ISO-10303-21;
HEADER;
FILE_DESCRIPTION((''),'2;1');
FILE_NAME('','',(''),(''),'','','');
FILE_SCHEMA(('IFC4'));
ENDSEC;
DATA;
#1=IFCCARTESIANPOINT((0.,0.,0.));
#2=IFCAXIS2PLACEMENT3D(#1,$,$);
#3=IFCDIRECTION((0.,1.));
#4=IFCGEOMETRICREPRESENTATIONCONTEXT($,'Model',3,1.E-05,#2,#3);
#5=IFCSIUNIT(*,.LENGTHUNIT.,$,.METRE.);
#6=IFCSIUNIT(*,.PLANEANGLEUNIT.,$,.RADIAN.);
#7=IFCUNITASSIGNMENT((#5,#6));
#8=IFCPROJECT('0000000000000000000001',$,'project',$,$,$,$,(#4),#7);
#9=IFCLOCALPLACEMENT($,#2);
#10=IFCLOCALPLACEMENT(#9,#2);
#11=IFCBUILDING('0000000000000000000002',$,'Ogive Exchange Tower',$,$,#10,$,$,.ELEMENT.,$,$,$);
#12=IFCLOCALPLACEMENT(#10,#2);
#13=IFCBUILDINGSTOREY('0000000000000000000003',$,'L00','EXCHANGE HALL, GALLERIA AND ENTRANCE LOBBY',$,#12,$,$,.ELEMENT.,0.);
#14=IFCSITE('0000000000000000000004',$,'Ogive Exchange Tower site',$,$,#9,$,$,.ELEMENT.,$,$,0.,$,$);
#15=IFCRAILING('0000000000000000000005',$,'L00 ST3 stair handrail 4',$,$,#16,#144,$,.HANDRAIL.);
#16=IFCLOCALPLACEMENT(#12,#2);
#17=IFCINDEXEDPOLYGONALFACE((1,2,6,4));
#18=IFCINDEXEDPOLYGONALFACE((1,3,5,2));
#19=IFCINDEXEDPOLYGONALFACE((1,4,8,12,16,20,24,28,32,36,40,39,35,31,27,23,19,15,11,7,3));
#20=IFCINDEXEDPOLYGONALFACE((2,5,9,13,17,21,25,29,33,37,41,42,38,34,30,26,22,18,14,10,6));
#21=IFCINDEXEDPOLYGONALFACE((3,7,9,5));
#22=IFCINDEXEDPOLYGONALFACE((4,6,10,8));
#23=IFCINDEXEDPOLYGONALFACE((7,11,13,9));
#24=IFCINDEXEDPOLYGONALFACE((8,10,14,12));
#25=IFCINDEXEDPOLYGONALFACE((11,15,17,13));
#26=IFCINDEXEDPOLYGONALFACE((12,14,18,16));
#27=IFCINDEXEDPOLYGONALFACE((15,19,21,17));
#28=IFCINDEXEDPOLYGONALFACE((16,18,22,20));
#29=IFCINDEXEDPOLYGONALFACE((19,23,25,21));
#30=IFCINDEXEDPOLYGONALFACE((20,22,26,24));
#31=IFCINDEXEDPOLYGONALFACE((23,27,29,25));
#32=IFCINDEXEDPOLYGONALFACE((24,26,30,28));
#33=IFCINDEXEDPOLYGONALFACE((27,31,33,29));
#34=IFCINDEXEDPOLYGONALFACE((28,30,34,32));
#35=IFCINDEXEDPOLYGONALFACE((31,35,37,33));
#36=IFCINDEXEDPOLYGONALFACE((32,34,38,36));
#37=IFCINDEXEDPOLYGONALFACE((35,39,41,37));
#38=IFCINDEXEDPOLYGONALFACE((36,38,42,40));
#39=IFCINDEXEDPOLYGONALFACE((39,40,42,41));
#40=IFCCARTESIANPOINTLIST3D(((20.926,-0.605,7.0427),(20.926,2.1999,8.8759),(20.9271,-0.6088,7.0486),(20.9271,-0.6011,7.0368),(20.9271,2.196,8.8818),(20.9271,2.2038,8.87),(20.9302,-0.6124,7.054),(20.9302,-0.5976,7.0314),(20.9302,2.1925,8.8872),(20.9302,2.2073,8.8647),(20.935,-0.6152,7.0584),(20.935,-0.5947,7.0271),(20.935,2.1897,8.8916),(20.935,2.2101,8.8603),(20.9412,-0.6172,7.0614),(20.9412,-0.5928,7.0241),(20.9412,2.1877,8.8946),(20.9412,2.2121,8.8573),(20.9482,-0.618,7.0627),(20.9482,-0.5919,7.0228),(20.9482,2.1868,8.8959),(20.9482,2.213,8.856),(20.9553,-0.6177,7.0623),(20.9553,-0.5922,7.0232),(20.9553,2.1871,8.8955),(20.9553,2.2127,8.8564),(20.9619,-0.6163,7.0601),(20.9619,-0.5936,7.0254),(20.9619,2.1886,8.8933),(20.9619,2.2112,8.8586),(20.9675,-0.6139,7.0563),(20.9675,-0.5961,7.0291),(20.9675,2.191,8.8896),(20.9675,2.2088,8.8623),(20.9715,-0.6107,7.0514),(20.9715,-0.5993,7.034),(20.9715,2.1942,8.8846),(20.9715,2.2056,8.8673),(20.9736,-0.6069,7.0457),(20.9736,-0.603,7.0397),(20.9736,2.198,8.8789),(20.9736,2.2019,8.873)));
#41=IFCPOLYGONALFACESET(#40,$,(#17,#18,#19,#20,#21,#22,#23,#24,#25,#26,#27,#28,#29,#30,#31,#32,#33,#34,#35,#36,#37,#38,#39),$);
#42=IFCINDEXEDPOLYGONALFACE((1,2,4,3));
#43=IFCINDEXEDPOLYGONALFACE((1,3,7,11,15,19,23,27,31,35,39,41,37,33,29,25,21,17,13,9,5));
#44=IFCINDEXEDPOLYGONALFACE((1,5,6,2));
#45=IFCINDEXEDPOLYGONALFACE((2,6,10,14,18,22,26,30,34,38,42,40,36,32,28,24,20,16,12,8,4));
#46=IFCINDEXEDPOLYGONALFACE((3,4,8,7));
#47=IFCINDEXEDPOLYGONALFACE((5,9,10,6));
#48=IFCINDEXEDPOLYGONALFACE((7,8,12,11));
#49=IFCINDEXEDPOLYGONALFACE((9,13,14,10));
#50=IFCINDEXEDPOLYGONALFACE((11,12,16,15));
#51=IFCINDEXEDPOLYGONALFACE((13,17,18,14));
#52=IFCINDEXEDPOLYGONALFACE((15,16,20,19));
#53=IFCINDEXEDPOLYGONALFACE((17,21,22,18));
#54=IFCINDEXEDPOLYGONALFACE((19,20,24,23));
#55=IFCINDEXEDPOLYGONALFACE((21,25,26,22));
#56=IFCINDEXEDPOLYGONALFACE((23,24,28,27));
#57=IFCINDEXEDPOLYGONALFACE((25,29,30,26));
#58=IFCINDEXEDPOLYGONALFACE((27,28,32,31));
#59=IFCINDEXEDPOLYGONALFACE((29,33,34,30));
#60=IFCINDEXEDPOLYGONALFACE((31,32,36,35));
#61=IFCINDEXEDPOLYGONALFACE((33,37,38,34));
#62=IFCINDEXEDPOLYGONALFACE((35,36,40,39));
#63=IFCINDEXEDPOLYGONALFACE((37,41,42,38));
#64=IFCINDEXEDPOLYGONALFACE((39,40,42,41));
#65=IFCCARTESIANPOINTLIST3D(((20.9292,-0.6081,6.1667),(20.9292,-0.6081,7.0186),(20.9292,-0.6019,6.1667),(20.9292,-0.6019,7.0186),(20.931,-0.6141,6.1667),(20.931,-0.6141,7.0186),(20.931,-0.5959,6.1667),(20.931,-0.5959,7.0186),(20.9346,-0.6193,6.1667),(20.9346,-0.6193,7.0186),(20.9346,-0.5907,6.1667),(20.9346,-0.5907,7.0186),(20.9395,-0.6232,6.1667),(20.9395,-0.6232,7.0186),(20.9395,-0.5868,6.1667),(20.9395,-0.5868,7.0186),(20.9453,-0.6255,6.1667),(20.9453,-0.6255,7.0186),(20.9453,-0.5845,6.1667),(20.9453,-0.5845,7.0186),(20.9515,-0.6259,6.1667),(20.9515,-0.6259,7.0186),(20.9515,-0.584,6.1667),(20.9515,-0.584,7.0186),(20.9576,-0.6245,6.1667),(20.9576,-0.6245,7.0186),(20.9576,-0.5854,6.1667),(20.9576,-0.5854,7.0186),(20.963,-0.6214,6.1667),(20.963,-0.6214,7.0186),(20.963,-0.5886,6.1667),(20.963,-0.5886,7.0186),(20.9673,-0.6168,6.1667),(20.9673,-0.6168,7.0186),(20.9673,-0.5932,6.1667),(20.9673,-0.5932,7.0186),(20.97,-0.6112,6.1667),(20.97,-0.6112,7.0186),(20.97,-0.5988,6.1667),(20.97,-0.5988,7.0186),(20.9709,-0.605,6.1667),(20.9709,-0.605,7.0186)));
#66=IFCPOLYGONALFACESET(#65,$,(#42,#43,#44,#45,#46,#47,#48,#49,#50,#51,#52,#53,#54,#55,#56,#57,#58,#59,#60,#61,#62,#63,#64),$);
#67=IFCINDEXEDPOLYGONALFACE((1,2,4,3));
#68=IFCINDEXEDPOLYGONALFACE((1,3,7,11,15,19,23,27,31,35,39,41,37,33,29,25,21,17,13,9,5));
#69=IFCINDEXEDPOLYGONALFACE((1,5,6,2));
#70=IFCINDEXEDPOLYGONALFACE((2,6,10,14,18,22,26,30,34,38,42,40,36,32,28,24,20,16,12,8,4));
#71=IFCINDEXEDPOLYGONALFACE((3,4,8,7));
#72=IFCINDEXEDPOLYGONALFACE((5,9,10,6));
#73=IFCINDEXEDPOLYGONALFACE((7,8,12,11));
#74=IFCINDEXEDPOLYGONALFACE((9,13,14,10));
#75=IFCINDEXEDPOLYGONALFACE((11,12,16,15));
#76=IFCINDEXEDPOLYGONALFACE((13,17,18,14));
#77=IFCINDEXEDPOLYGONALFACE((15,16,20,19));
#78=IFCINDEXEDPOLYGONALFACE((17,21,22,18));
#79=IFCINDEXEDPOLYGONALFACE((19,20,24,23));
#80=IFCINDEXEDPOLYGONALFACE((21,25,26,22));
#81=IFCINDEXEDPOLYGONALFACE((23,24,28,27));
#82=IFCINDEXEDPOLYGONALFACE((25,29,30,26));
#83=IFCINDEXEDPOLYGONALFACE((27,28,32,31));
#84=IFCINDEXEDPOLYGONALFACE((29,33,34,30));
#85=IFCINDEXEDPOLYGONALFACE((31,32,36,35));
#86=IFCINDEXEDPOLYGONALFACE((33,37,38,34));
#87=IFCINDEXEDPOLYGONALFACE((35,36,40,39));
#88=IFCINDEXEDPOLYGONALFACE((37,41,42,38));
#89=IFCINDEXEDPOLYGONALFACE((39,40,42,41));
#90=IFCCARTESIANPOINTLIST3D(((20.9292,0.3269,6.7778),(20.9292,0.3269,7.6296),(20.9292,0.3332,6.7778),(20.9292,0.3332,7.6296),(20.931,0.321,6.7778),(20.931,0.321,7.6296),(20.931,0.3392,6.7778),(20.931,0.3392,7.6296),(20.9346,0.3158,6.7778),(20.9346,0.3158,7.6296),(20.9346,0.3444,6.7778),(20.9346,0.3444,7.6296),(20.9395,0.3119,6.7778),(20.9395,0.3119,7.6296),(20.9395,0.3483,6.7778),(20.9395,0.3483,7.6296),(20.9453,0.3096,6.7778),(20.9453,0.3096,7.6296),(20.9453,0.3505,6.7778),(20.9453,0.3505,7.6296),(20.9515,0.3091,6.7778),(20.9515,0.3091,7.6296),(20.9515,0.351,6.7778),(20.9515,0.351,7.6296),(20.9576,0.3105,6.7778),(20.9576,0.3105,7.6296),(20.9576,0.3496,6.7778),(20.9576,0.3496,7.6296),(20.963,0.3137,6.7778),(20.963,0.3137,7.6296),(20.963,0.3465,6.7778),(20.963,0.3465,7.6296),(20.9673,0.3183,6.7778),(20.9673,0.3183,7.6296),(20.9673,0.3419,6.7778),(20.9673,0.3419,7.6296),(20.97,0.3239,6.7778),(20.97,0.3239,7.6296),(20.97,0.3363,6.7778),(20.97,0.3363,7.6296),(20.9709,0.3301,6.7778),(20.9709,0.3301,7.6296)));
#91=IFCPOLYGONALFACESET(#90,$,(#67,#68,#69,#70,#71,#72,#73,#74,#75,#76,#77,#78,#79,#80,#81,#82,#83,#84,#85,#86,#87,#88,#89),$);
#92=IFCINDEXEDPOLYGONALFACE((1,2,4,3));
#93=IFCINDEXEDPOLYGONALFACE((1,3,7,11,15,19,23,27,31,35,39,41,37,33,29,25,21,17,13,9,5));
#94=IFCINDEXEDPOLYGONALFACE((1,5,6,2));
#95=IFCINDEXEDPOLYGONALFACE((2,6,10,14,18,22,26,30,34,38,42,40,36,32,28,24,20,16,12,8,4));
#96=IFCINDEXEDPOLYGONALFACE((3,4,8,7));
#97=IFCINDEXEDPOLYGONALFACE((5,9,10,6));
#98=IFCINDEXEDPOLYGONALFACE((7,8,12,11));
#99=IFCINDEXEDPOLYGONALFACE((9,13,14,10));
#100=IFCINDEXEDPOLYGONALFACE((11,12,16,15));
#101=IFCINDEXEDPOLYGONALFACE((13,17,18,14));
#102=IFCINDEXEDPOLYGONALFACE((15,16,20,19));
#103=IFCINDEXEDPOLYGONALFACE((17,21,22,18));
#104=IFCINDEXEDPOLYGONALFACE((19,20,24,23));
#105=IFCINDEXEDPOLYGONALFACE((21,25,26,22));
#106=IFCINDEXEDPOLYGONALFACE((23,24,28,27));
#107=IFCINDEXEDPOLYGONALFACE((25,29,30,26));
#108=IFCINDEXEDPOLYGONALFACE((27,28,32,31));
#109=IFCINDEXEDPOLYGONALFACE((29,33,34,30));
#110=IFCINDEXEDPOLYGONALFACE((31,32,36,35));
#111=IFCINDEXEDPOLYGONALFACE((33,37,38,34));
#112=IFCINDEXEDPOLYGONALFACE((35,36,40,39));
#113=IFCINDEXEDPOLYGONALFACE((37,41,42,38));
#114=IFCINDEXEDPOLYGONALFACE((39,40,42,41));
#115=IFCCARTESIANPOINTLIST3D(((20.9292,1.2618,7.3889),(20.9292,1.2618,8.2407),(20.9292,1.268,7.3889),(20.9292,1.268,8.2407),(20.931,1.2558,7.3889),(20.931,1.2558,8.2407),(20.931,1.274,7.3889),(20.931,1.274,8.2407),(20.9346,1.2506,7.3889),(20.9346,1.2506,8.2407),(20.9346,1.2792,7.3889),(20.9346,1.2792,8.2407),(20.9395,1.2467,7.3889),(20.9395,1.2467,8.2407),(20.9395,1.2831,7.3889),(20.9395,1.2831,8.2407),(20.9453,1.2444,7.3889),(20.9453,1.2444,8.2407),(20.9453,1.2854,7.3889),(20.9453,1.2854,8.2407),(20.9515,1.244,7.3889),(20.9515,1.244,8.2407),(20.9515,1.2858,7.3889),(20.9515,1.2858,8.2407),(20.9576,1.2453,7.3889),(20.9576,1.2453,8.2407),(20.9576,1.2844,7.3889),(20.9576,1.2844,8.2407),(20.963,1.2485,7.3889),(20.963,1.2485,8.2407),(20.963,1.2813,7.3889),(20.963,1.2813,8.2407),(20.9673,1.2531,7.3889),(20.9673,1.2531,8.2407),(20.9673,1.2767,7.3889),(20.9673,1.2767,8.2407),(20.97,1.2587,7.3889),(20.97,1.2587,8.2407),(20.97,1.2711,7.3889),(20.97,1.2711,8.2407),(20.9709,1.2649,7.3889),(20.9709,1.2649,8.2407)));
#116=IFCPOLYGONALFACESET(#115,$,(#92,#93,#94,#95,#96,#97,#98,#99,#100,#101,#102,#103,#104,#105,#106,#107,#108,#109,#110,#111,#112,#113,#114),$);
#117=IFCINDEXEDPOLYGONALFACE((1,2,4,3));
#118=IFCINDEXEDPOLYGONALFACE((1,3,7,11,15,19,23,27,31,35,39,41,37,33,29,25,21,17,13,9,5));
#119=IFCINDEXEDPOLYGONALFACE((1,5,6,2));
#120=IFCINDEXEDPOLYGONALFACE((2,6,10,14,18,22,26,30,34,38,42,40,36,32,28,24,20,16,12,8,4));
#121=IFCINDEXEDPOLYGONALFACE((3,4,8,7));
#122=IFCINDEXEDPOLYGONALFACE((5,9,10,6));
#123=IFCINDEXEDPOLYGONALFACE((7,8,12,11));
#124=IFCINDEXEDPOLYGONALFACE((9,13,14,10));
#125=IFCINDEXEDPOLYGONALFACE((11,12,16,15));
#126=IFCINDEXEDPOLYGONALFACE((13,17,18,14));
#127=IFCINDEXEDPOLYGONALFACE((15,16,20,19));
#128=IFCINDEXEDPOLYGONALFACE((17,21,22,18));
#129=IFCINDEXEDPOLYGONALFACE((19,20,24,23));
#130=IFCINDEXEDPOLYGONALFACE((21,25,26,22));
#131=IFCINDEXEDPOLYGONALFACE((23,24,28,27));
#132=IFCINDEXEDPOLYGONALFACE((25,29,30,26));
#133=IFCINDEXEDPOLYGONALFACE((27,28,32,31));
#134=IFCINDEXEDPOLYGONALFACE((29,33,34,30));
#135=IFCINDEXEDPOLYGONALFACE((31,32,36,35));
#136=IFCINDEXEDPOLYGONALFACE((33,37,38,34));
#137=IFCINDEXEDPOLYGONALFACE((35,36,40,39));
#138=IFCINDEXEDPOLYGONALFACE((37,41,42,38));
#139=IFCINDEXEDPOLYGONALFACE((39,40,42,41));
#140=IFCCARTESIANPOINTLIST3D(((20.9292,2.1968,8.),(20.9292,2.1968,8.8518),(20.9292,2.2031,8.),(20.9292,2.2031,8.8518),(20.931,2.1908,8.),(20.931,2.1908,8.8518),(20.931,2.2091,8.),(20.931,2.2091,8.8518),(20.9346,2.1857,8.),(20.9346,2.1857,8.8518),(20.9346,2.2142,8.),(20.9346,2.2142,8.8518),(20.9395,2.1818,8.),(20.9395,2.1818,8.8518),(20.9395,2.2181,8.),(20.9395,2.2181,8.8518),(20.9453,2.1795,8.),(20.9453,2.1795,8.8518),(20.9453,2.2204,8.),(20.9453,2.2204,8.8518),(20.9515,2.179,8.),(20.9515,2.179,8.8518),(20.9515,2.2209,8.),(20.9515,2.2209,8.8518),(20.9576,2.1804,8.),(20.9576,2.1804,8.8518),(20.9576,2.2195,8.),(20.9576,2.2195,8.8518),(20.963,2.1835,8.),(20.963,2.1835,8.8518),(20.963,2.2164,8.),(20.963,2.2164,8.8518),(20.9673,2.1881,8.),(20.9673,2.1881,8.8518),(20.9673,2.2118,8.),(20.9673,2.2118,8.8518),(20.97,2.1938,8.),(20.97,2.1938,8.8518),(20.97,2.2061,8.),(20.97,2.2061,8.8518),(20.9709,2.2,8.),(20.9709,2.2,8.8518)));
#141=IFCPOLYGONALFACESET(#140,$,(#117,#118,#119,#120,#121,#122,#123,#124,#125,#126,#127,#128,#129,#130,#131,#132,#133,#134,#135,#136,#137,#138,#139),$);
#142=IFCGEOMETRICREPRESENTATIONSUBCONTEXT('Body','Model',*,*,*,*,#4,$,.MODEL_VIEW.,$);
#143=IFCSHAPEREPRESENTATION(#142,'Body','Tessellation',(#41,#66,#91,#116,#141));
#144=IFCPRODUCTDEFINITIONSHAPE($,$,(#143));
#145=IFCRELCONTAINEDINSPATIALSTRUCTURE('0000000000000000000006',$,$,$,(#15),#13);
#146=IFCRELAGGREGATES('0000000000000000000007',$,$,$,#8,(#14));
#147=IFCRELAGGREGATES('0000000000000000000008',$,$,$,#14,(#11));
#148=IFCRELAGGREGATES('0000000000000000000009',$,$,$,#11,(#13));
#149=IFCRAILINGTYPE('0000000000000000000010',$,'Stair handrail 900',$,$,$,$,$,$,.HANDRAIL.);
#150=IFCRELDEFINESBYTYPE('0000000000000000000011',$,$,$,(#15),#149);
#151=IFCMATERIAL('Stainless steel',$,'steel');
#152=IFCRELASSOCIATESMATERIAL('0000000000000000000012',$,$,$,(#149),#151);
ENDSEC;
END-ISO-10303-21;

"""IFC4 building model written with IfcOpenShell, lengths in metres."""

from ifc_helpers import new_model, si_unit, direction, frame, origin, origin_2d, place, context, subcontext, project, spatial, circle, extrude, material, type_object, element, save


model = new_model("IFC4")

# Units and contexts
model_context = context("Model", 3, precision=1e-05, world=origin(), true_north=direction((0.0, 1.0)))
body_context = subcontext(model_context, "Body", "Model", "MODEL_VIEW")
ifc_project = project(units=[si_unit("LENGTHUNIT", "METRE"), si_unit("PLANEANGLEUNIT", "RADIAN")], contexts=[model_context])

# Site, building, storey
site_placement = place(None, origin())
site = spatial("IfcSite", under=ifc_project, at=site_placement, Name="Ogive Exchange Tower site", CompositionType="ELEMENT", RefElevation=0.0)
building_placement = place(site_placement, origin())
building = spatial("IfcBuilding", under=site, at=building_placement, Name="Ogive Exchange Tower", CompositionType="ELEMENT")
storey_placement = place(building_placement, origin())
storey = spatial("IfcBuildingStorey", under=building, at=storey_placement, Name="L00", Description="EXCHANGE HALL, GALLERIA AND ENTRANCE LOBBY", CompositionType="ELEMENT", Elevation=0.0)

# Shared definitions
ifc_material_1 = material(Name="Stainless steel", Category="steel")

# Railing
railing_type = type_object("IfcRailingType", Name="Stair handrail 900", PredefinedType="HANDRAIL", material=ifc_material_1)
for number, where, name in (
    (1, (20.95, -0.605, 6.1667), "L00 ST3 stair handrail 4"),
):
    element("IfcRailing", number, at=place(storey_placement, frame(where)), inside=storey, type_object=railing_type, Name=name, PredefinedType="HANDRAIL", context=body_context, shape_type="SweptSolid", body=[
        extrude(circle(Radius=0.0239, at=origin_2d()), frame((0.0, 0.0, 0.876), z_axis=(0.0, 0.837071, 0.547094), x_axis=(-1.0, 0.0, 0.0)), (0.0, 0.0, 1.0), 3.3508),
        extrude(circle(Radius=0.021, at=origin_2d()), origin(), (0.0, 0.0, 1.0), 0.8518),
        extrude(circle(Radius=0.021, at=origin_2d()), frame((0.0, 0.9351, 0.6111)), (0.0, 0.0, 1.0), 0.8518),
        extrude(circle(Radius=0.021, at=origin_2d()), frame((0.0, 1.8699, 1.2222)), (0.0, 0.0, 1.0), 0.8518),
        extrude(circle(Radius=0.021, at=origin_2d()), frame((0.0, 2.8049, 1.8333)), (0.0, 0.0, 1.0), 0.8518),
    ])

save(model, "model.ifc")
